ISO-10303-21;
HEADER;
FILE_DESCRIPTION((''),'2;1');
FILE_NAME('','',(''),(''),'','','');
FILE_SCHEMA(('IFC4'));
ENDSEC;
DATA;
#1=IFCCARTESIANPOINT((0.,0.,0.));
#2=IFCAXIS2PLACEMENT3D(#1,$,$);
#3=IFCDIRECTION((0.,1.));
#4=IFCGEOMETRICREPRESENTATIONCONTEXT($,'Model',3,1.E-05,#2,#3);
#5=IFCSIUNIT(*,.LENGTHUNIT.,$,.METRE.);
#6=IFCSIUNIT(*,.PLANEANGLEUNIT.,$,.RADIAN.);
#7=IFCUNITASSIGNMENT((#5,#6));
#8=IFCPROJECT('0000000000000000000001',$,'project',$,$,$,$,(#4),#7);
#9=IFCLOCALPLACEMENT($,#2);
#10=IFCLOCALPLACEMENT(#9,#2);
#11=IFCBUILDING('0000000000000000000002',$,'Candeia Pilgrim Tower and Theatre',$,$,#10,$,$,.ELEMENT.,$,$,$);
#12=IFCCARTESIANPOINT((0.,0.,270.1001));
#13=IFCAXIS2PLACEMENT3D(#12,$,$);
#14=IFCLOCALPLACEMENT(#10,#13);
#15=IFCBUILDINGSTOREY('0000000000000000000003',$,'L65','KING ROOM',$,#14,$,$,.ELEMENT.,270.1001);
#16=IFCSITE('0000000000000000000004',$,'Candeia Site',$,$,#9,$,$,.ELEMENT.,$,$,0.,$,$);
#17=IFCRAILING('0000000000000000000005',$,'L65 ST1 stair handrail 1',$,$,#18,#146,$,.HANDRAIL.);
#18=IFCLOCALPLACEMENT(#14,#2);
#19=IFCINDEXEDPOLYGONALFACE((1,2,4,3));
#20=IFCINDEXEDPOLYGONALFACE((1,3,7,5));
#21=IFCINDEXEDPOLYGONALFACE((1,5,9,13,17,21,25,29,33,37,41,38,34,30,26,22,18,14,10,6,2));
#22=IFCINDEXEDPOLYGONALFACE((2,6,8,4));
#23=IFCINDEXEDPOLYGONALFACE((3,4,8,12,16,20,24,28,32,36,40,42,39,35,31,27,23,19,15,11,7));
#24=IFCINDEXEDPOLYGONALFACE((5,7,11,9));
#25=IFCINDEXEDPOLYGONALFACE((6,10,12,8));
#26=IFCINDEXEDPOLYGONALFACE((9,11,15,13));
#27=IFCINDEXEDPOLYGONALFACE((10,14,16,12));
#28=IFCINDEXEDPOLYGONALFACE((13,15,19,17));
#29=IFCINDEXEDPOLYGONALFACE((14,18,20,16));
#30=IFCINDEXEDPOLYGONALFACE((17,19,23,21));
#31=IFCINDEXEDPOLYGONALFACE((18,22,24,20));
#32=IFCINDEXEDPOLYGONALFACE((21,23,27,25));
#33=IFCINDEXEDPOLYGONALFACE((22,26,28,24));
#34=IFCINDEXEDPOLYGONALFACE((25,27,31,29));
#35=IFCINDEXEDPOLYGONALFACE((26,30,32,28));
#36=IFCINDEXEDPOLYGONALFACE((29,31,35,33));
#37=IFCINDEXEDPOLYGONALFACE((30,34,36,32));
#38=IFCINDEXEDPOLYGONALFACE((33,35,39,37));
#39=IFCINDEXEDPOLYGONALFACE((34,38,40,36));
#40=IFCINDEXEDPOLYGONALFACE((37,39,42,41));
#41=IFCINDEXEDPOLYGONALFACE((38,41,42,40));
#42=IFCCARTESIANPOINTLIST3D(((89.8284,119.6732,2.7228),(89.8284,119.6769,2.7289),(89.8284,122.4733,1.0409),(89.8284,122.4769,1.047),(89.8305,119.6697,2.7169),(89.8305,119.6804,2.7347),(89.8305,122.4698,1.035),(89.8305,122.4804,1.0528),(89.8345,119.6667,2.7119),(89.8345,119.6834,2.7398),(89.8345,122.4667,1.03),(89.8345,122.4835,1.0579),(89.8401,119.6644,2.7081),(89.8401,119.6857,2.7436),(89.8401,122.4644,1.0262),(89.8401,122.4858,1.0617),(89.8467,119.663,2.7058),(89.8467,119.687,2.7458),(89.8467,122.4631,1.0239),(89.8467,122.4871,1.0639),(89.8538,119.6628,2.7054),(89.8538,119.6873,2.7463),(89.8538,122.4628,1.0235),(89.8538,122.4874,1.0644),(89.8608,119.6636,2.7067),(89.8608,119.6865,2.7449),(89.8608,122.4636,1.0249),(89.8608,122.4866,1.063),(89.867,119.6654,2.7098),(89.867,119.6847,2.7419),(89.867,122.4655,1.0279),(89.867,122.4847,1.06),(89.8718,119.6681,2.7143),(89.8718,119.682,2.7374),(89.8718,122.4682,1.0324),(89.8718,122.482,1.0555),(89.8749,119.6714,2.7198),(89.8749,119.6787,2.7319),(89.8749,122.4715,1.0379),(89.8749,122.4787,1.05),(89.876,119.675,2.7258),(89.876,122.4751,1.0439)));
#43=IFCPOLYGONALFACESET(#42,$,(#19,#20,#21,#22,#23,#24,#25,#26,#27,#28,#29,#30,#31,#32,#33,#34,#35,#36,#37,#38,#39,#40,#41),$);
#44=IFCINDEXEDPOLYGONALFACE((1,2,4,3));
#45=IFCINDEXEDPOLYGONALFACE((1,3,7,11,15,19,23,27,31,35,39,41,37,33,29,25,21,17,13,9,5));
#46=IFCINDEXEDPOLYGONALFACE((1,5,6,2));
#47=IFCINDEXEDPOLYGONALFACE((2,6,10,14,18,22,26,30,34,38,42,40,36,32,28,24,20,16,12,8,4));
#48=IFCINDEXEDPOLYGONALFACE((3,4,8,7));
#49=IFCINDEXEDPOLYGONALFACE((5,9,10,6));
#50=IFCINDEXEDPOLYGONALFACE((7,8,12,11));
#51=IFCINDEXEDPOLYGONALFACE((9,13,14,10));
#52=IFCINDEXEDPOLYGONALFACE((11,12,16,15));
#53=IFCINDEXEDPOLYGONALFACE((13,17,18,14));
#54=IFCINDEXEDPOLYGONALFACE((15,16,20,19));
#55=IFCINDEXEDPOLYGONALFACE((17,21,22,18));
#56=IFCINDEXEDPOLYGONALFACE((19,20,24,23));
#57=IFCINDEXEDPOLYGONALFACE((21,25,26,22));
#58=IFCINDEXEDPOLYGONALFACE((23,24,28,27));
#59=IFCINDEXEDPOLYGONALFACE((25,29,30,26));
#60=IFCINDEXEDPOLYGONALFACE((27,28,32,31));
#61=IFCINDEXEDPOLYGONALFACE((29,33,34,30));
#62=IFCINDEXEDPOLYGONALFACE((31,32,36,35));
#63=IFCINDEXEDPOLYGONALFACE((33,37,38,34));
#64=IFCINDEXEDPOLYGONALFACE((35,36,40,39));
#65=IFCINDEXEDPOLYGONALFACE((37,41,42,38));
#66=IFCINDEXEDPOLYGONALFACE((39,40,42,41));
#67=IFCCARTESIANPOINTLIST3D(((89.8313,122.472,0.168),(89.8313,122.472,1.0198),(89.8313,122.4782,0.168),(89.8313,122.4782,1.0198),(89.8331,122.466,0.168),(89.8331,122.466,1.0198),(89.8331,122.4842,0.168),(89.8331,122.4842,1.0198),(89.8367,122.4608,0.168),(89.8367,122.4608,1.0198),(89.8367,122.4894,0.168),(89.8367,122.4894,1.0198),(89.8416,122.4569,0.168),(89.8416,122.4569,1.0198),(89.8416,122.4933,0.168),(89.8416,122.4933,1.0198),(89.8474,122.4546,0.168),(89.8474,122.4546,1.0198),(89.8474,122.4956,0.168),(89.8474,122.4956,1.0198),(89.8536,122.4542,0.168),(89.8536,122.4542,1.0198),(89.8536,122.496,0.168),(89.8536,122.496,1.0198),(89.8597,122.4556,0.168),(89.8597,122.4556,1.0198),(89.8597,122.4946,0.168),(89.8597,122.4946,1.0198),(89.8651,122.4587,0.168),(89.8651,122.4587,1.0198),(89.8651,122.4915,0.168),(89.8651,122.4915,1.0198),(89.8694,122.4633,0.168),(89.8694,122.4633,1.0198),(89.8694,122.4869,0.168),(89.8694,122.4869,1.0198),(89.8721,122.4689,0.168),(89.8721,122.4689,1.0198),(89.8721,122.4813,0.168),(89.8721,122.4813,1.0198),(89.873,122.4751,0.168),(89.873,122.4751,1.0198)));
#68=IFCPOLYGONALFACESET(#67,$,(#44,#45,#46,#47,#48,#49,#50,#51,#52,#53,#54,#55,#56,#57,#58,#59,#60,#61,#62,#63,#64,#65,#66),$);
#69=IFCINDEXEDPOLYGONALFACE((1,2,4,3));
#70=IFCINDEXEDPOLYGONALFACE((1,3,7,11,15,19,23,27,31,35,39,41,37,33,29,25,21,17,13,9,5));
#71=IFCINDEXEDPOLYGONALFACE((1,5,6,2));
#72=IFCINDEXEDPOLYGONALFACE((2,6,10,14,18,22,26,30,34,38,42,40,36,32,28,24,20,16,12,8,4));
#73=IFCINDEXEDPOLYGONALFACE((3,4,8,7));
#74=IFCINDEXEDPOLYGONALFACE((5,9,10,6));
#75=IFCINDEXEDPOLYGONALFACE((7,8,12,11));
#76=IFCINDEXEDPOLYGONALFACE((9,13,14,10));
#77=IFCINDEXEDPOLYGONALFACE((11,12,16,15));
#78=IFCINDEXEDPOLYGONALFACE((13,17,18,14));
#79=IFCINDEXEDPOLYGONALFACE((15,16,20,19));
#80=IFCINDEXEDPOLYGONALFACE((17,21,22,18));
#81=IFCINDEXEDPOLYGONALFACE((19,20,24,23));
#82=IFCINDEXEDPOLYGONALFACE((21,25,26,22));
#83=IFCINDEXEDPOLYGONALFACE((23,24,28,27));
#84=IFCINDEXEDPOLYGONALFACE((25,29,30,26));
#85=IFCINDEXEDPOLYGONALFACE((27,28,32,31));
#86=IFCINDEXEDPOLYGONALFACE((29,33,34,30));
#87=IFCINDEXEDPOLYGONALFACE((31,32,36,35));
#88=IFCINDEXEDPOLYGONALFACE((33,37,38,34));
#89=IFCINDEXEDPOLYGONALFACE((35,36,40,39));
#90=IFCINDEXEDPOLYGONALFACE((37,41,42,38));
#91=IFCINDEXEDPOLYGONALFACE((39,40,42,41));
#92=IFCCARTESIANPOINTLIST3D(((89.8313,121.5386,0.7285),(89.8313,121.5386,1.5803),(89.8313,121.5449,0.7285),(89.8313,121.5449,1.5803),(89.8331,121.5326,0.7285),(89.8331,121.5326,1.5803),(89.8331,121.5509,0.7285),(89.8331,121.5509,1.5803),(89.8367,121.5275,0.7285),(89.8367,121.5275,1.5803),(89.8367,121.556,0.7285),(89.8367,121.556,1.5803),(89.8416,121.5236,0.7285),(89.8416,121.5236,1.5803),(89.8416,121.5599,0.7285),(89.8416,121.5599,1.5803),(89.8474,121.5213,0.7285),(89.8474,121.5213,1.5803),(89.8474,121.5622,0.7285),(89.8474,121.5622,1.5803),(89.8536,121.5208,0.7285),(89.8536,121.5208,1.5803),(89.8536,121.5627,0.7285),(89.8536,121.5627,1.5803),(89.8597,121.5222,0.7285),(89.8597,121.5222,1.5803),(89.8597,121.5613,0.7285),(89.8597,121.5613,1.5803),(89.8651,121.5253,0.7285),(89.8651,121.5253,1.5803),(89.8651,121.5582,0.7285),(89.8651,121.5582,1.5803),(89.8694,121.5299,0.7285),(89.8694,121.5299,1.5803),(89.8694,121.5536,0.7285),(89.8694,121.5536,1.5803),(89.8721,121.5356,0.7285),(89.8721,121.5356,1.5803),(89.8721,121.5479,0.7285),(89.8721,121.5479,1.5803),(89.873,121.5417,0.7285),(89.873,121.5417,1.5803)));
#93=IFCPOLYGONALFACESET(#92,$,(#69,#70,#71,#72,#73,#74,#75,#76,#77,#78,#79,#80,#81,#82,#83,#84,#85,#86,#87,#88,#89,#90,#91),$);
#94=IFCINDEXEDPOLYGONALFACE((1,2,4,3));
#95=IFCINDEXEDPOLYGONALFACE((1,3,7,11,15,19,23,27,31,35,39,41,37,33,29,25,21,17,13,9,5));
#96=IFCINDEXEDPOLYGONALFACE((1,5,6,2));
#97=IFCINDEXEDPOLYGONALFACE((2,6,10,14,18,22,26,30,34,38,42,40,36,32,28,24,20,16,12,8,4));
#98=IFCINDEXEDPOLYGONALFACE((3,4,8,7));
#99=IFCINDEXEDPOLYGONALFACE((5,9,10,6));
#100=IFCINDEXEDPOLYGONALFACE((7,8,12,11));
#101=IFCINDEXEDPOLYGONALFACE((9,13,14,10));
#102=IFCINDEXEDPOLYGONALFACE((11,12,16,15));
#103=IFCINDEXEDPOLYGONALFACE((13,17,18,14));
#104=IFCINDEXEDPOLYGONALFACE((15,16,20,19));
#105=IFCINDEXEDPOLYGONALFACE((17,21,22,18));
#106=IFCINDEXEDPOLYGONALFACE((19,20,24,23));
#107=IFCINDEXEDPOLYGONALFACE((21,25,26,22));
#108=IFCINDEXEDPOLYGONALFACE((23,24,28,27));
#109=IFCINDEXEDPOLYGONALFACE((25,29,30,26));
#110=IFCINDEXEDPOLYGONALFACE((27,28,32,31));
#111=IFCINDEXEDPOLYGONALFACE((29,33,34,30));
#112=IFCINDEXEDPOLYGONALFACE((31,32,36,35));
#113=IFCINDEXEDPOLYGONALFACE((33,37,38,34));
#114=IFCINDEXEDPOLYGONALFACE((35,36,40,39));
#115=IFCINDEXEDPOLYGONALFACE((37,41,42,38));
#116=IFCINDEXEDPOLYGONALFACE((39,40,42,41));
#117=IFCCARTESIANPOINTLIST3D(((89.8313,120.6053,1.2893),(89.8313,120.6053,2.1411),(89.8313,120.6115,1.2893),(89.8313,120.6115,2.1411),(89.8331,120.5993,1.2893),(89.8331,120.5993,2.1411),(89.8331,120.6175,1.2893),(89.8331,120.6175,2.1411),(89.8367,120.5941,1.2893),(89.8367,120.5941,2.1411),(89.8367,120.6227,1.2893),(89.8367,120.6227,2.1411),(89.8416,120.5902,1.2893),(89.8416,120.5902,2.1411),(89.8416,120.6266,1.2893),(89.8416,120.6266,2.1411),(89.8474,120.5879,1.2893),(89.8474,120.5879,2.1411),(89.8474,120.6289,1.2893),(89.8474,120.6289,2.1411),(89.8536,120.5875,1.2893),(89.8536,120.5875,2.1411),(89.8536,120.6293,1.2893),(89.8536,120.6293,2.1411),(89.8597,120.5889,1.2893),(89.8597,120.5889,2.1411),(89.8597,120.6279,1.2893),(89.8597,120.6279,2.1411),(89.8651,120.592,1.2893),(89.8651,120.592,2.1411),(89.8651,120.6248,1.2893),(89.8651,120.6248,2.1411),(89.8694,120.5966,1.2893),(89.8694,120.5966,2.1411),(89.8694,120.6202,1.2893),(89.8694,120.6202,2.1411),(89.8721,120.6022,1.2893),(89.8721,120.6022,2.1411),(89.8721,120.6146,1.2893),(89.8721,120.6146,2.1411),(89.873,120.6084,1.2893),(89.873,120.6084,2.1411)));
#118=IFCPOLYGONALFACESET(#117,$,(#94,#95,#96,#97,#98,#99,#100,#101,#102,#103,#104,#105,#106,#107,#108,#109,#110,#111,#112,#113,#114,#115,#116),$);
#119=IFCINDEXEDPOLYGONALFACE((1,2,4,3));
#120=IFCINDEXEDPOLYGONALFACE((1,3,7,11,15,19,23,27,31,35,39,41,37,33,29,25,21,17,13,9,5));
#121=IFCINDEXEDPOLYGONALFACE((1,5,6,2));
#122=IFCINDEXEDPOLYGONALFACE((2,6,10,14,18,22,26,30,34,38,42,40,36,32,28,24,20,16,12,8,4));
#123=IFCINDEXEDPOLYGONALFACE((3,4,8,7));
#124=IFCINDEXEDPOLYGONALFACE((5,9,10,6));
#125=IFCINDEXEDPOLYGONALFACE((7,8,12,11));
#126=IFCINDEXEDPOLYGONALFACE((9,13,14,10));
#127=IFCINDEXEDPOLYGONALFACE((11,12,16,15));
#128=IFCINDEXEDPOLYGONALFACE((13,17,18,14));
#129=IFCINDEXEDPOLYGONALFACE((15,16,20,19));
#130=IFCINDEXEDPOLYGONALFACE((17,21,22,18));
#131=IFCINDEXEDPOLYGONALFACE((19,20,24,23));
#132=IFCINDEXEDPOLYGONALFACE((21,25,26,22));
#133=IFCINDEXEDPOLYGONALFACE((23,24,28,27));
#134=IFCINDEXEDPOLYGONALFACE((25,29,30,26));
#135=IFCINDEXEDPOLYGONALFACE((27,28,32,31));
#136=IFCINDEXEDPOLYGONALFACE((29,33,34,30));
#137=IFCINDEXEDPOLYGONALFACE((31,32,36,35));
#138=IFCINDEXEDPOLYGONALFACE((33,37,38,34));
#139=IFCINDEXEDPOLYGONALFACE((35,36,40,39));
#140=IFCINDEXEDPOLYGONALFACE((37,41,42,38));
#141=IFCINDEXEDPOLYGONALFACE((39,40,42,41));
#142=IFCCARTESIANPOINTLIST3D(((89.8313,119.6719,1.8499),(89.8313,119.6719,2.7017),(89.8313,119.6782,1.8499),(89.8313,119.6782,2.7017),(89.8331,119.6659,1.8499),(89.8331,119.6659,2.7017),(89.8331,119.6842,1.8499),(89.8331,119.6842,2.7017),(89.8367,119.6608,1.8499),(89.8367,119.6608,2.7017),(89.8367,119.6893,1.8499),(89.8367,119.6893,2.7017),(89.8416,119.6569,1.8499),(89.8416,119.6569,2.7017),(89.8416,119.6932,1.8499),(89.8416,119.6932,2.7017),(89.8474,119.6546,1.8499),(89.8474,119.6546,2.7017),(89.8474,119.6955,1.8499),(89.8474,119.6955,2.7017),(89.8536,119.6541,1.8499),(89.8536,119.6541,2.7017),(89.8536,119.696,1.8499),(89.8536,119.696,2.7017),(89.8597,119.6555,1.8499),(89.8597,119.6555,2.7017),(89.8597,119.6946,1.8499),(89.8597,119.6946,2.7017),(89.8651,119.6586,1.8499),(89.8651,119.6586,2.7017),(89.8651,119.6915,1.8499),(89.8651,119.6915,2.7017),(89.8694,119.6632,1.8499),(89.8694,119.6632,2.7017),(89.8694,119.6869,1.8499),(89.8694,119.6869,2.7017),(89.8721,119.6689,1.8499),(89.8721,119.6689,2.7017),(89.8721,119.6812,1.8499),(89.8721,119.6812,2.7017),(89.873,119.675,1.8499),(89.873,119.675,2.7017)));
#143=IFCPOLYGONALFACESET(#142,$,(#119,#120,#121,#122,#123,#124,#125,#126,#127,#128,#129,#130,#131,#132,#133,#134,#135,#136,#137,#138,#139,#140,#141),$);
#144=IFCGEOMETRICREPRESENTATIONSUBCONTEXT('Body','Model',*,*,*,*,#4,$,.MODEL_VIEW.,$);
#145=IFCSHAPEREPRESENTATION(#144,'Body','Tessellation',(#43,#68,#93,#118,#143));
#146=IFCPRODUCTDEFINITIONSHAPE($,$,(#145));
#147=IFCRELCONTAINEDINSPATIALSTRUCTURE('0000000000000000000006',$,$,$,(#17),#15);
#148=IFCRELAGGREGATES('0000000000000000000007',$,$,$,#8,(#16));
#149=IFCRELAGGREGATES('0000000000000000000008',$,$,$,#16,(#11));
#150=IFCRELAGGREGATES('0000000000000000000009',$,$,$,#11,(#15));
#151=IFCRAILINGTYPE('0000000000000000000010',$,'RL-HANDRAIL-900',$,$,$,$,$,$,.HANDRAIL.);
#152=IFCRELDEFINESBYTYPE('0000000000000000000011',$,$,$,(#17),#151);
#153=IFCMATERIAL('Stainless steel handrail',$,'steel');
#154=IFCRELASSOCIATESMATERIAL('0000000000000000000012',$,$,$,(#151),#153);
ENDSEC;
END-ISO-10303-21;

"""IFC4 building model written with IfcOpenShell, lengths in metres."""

from ifc_helpers import new_model, si_unit, direction, frame, origin, origin_2d, place, context, subcontext, project, spatial, circle, extrude, material, type_object, element, save


model = new_model("IFC4")

# Units and contexts
model_context = context("Model", 3, precision=1e-05, world=origin(), true_north=direction((0.0, 1.0)))
body_context = subcontext(model_context, "Body", "Model", "MODEL_VIEW")
ifc_project = project(units=[si_unit("LENGTHUNIT", "METRE"), si_unit("PLANEANGLEUNIT", "RADIAN")], contexts=[model_context])

# Site, building, storey
site_placement = place(None, origin())
site = spatial("IfcSite", under=ifc_project, at=site_placement, Name="Candeia Site", CompositionType="ELEMENT", RefElevation=0.0)
building_placement = place(site_placement, origin())
building = spatial("IfcBuilding", under=site, at=building_placement, Name="Candeia Pilgrim Tower and Theatre", CompositionType="ELEMENT")
storey_placement = place(building_placement, frame((0.0, 0.0, 270.1001)))
storey = spatial("IfcBuildingStorey", under=building, at=storey_placement, Name="L65", Description="KING ROOM", CompositionType="ELEMENT", Elevation=270.1001)

# Railing
ifc_material_1 = material(Name="Stainless steel handrail", Category="steel")
railing_type_1 = type_object("IfcRailingType", Name="RL-HANDRAIL-900", PredefinedType="HANDRAIL", material=ifc_material_1)
railing_1_placement = place(storey_placement, frame((89.8521, 122.4751, 0.168)))
element("IfcRailing", 1, at=railing_1_placement, inside=storey, type_object=railing_type_1, Name="L65 ST1 stair handrail 1", PredefinedType="HANDRAIL", context=body_context, shape_type="SweptSolid", body=[
    extrude(circle(Radius=0.0239, at=origin_2d()), frame((0.0, 0.0, 0.876), z_axis=(0.0, -0.857242, 0.514913), x_axis=(1.0, 0.0, 0.0)), (0.0, 0.0, 1.0), 3.2664),
    extrude(circle(Radius=0.021, at=origin_2d()), origin(), (0.0, 0.0, 1.0), 0.8518),
    extrude(circle(Radius=0.021, at=origin_2d()), frame((0.0, -0.9333, 0.5605)), (0.0, 0.0, 1.0), 0.8518),
    extrude(circle(Radius=0.021, at=origin_2d()), frame((0.0, -1.8667, 1.1213)), (0.0, 0.0, 1.0), 0.8518),
    extrude(circle(Radius=0.021, at=origin_2d()), frame((0.0, -2.8, 1.6819)), (0.0, 0.0, 1.0), 0.8518),
])

save(model, "model.ifc")
